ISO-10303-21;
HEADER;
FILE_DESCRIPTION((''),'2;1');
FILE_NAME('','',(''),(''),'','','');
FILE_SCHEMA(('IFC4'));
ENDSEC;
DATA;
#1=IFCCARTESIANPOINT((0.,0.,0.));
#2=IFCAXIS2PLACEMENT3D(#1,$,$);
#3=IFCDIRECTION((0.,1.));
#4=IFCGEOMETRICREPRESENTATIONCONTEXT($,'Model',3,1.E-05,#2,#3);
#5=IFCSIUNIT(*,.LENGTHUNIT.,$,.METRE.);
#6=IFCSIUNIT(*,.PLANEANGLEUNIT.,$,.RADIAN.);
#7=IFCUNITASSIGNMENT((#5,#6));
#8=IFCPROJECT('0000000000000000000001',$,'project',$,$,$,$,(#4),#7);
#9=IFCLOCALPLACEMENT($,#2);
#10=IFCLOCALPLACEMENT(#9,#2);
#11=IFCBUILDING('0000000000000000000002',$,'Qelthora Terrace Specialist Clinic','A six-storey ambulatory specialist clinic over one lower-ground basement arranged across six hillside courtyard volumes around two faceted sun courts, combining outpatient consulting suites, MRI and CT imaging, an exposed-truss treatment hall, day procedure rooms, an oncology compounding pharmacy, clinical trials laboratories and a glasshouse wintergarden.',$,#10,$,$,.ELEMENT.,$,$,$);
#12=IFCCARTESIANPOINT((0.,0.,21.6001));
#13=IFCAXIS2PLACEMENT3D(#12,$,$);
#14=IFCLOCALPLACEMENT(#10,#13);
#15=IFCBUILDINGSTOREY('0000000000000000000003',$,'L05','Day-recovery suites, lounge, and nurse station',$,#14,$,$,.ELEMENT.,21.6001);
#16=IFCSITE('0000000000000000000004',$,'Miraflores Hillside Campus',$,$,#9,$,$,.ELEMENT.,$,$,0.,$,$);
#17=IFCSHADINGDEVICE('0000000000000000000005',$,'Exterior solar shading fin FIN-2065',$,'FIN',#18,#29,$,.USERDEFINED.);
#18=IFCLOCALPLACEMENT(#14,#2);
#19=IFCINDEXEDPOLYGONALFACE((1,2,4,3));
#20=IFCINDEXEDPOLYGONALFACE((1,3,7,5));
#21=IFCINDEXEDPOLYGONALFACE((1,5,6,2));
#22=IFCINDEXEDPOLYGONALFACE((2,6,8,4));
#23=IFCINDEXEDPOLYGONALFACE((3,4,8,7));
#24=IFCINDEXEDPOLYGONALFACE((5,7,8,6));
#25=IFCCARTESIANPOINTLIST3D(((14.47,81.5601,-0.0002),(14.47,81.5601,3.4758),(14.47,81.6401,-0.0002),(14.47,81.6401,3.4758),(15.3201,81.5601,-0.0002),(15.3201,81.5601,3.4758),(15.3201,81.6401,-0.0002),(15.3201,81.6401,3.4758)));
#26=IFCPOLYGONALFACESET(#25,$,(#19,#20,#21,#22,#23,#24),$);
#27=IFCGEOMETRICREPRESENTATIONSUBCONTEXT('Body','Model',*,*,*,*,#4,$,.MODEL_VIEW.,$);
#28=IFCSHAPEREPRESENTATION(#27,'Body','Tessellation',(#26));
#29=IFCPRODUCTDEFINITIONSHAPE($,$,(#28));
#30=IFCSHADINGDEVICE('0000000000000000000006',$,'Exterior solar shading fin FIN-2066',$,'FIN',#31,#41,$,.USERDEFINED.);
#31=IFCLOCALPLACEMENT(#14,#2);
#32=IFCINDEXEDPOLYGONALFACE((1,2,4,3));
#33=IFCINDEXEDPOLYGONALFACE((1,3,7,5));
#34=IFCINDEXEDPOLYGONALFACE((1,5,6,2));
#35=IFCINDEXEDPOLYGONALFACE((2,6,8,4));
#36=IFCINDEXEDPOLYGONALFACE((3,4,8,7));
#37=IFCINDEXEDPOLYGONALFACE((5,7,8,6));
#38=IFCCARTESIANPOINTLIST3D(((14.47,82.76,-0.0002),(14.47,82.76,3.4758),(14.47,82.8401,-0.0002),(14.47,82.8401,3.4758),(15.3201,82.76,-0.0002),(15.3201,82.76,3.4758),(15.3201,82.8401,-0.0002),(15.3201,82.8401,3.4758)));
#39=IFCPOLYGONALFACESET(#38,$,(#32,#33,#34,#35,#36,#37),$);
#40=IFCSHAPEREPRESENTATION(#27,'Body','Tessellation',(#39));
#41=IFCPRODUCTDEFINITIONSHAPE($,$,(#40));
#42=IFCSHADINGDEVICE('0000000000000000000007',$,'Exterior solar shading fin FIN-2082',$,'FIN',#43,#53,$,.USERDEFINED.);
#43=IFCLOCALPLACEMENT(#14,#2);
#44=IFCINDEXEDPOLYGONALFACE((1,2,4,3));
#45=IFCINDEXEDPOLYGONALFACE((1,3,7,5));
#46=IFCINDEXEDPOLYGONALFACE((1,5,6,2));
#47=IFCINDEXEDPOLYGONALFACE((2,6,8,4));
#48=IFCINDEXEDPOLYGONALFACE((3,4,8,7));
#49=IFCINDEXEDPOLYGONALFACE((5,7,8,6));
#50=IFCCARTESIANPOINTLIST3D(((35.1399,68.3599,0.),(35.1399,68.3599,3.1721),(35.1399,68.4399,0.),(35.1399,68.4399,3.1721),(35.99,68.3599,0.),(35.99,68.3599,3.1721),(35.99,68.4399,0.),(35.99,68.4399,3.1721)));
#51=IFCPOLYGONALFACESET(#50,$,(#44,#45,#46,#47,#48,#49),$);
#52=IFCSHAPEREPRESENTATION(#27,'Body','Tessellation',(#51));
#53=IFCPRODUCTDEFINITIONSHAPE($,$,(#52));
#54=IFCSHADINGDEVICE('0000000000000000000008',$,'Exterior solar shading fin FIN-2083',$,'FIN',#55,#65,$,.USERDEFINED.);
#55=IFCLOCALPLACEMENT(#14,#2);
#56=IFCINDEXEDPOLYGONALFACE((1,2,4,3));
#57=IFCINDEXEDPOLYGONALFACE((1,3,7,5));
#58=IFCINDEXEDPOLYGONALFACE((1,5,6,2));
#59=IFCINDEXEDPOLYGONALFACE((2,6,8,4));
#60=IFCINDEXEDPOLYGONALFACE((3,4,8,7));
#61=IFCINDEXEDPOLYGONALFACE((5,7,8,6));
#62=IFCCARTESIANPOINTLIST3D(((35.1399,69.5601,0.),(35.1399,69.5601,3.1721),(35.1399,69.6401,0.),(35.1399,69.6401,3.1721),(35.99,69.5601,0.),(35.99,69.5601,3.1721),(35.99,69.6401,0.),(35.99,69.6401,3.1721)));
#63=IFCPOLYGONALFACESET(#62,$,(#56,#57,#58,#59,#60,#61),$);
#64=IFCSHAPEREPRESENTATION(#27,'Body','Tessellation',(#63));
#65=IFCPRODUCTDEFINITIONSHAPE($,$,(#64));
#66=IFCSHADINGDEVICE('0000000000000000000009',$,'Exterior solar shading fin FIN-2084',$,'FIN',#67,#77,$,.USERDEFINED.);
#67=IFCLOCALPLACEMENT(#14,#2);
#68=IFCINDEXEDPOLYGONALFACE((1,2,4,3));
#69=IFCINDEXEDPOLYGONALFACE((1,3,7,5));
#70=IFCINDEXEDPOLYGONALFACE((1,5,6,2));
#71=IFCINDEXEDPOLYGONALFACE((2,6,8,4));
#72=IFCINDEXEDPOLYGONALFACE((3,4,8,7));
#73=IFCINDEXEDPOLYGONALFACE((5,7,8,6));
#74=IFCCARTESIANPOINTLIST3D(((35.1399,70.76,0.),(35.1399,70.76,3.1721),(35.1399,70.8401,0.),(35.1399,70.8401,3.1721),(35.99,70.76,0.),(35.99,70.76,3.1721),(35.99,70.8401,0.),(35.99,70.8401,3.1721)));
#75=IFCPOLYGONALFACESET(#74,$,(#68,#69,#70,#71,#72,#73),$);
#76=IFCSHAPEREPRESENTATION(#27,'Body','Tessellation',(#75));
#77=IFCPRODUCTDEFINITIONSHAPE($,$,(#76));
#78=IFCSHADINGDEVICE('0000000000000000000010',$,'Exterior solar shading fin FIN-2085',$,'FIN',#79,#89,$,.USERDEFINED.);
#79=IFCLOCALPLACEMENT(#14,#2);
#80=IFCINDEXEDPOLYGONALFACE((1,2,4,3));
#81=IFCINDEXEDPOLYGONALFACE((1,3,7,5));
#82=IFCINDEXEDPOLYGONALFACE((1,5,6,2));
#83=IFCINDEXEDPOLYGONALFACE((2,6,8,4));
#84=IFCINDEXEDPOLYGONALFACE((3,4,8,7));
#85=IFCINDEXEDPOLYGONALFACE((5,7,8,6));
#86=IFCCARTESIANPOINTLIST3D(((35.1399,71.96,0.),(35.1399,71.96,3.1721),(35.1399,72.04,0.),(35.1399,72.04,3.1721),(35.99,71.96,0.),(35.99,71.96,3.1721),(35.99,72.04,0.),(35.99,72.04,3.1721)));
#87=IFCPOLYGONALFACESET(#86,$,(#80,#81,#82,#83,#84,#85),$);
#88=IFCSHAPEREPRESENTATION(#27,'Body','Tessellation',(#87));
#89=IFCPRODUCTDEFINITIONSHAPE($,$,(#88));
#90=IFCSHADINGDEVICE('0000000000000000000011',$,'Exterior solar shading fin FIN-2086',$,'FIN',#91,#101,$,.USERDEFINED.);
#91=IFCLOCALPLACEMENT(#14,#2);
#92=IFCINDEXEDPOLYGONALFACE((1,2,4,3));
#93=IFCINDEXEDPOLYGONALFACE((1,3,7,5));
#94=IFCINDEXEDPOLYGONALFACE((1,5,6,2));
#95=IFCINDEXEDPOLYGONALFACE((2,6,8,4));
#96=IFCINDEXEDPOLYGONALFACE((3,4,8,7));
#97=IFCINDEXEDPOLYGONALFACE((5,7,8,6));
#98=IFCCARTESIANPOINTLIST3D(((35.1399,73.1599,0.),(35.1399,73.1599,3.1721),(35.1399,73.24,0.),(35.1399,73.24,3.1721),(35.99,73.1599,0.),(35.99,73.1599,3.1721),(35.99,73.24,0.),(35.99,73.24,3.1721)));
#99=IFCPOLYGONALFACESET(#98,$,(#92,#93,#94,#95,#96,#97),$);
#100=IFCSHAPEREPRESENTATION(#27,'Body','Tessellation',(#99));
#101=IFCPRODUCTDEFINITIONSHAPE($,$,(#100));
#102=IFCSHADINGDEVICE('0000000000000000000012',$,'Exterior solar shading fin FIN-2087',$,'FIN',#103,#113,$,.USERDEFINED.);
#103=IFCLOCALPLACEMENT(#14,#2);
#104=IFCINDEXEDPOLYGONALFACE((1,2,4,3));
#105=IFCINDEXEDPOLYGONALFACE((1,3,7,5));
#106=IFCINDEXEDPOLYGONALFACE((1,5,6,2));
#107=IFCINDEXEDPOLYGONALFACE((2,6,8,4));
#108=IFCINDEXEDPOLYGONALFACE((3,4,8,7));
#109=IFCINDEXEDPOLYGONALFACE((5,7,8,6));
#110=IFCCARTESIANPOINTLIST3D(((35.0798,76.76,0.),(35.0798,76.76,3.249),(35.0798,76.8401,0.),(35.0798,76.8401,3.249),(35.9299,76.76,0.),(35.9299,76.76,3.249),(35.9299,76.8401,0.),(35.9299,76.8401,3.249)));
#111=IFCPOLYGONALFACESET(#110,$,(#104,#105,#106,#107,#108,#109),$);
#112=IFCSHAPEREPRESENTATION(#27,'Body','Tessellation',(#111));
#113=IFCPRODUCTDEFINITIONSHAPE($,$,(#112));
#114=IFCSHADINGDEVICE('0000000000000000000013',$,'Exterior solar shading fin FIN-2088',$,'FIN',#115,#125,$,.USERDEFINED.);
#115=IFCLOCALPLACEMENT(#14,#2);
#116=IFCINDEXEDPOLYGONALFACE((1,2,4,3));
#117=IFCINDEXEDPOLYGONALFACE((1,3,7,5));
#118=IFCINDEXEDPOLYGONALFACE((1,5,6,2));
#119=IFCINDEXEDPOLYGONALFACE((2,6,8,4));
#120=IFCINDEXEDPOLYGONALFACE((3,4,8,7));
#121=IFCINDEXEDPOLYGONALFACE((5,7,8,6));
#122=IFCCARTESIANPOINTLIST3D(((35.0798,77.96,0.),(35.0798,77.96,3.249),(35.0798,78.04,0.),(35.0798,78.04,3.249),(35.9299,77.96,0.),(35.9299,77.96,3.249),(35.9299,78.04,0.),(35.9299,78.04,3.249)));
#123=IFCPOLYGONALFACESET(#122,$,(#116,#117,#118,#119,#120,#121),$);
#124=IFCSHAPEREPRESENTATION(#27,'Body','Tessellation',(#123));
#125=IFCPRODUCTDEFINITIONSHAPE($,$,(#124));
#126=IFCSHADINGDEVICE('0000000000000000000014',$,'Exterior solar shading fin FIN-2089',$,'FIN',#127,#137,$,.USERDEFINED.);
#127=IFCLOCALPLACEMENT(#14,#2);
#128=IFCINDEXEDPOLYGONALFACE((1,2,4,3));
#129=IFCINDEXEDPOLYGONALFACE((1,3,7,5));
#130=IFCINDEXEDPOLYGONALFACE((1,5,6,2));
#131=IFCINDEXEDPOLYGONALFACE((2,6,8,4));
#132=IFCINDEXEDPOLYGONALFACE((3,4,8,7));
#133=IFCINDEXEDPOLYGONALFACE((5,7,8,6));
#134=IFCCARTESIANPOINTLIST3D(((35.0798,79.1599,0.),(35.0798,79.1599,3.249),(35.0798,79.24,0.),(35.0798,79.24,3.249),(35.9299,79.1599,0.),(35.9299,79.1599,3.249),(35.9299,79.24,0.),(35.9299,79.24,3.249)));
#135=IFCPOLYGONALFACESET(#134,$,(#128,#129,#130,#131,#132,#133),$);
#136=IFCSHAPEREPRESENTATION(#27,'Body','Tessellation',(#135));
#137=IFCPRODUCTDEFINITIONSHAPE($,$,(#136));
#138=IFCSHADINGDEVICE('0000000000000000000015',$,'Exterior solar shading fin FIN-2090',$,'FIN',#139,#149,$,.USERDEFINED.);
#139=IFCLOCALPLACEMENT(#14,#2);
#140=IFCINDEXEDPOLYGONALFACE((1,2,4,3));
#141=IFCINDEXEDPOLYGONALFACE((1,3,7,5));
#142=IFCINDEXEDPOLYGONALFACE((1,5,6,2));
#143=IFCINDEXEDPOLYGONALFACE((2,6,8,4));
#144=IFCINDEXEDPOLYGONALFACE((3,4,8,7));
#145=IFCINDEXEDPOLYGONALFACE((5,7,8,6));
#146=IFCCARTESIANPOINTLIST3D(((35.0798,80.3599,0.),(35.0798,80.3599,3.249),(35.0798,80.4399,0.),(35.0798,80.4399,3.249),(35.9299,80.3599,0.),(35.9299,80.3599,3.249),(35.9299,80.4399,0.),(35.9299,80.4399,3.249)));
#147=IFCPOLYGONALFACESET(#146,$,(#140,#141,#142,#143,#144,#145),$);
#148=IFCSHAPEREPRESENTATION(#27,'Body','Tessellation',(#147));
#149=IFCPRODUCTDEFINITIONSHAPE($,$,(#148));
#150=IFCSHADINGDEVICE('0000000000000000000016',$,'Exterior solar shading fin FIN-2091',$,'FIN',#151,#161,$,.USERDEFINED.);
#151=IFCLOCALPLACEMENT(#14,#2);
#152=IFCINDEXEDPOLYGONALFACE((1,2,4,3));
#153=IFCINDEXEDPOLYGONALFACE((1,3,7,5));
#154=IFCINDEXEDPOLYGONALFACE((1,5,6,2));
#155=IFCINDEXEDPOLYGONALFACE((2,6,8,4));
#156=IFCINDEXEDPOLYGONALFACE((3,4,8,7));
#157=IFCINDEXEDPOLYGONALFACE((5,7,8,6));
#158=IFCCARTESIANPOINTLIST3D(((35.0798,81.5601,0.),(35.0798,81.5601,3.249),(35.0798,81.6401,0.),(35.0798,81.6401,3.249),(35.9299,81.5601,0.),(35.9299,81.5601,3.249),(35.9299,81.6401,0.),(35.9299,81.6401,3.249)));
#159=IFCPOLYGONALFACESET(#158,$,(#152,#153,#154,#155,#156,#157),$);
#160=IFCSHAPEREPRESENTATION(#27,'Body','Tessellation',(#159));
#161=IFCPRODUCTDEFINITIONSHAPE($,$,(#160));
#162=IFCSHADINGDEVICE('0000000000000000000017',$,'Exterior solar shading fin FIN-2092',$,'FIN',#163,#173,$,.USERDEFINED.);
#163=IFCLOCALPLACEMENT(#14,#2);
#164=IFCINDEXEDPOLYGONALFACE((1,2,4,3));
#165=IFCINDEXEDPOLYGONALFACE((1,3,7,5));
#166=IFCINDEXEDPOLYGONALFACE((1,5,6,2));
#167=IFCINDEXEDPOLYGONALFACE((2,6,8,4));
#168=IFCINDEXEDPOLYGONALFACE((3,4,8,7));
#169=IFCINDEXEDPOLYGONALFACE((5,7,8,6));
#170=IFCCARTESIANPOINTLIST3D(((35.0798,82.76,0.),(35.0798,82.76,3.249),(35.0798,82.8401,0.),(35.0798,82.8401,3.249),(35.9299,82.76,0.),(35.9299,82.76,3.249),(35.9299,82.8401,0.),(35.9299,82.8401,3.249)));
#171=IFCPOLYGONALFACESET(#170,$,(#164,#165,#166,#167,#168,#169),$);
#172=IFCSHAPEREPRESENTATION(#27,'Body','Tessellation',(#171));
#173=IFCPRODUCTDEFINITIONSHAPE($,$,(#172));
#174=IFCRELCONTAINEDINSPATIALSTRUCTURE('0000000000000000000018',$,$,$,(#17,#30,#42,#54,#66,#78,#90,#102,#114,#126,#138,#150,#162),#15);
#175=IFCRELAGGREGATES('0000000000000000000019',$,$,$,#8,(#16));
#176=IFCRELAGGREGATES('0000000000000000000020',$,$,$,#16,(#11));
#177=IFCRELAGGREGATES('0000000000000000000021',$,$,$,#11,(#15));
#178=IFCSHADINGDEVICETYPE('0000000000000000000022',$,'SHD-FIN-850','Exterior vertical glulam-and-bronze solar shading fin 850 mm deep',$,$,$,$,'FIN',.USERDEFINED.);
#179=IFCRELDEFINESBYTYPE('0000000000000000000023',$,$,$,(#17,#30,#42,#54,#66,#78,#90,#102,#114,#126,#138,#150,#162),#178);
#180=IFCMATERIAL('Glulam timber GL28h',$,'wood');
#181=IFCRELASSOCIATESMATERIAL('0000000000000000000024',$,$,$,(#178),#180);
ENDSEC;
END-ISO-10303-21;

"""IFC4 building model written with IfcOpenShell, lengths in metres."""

from ifc_helpers import new_model, si_unit, direction, frame, origin, origin_2d, place, context, subcontext, project, spatial, rectangle, extrude, material, type_object, element, save


model = new_model("IFC4")

# Units and contexts
model_context = context("Model", 3, precision=1e-05, world=origin(), true_north=direction((0.0, 1.0)))
body_context = subcontext(model_context, "Body", "Model", "MODEL_VIEW")
ifc_project = project(units=[si_unit("LENGTHUNIT", "METRE"), si_unit("PLANEANGLEUNIT", "RADIAN")], contexts=[model_context])

# Site, building, storey
site_placement = place(None, origin())
site = spatial("IfcSite", under=ifc_project, at=site_placement, Name="Miraflores Hillside Campus", CompositionType="ELEMENT", RefElevation=0.0)
building_placement = place(site_placement, origin())
building = spatial("IfcBuilding", under=site, at=building_placement, Name="Qelthora Terrace Specialist Clinic", Description="A six-storey ambulatory specialist clinic over one lower-ground basement arranged across six hillside courtyard volumes around two faceted sun courts, combining outpatient consulting suites, MRI and CT imaging, an exposed-truss treatment hall, day procedure rooms, an oncology compounding pharmacy, clinical trials laboratories and a glasshouse wintergarden.", CompositionType="ELEMENT")
storey_placement = place(building_placement, frame((0.0, 0.0, 21.6001)))
storey = spatial("IfcBuildingStorey", under=building, at=storey_placement, Name="L05", Description="Day-recovery suites, lounge, and nurse station", CompositionType="ELEMENT", Elevation=21.6001)

# Shading devices
ifc_material_1 = material(Name="Glulam timber GL28h", Category="wood")
shading_device_type = type_object("IfcShadingDeviceType", Name="SHD-FIN-850", Description="Exterior vertical glulam-and-bronze solar shading fin 850 mm deep", ElementType="FIN", PredefinedType="USERDEFINED", material=ifc_material_1)
for number, where, z_axis, x_axis, name in (
    (1, (14.895, 81.6001, -0.0002), (0.0, 0.0, 1.0), (1.0, 0.0, 0.0), "Exterior solar shading fin FIN-2065"),
    (2, (14.895, 82.8, -0.0002), (0.0, 0.0, 1.0), (1.0, 0.0, 0.0), "Exterior solar shading fin FIN-2066"),
):
    element("IfcShadingDevice", number, at=place(storey_placement, frame(where, z_axis=z_axis, x_axis=x_axis)), inside=storey, type_object=shading_device_type, Name=name, ObjectType="FIN", PredefinedType="USERDEFINED", context=body_context, shape_type="SweptSolid", body=[
        extrude(rectangle(XDim=0.8501, YDim=0.0801, at=origin_2d()), origin(), (0.0, 0.0, 1.0), 3.4761),
    ])
for number, where, z_axis, x_axis, name in (
    (3, (35.5649, 68.3999, 0.0), (0.0, 0.0, 1.0), (-1.0, 0.0, 0.0), "Exterior solar shading fin FIN-2082"),
    (4, (35.5649, 69.6001, 0.0), (0.0, 0.0, 1.0), (-1.0, 0.0, 0.0), "Exterior solar shading fin FIN-2083"),
    (5, (35.5649, 70.8, 0.0), (0.0, 0.0, 1.0), (-1.0, 0.0, 0.0), "Exterior solar shading fin FIN-2084"),
    (6, (35.5649, 72.0, 0.0), (0.0, 0.0, 1.0), (-1.0, 0.0, 0.0), "Exterior solar shading fin FIN-2085"),
    (7, (35.5649, 73.2, 0.0), (0.0, 0.0, 1.0), (-1.0, 0.0, 0.0), "Exterior solar shading fin FIN-2086"),
):
    element("IfcShadingDevice", number, at=place(storey_placement, frame(where, z_axis=z_axis, x_axis=x_axis)), inside=storey, type_object=shading_device_type, Name=name, ObjectType="FIN", PredefinedType="USERDEFINED", context=body_context, shape_type="SweptSolid", body=[
        extrude(rectangle(XDim=0.8501, YDim=0.0801, at=origin_2d()), origin(), (0.0, 0.0, 1.0), 3.1721),
    ])
for number, where, z_axis, x_axis, name in (
    (8, (35.5049, 76.8, 0.0), (0.0, 0.0, 1.0), (-1.0, 0.0, 0.0), "Exterior solar shading fin FIN-2087"),
    (9, (35.5049, 78.0, 0.0), (0.0, 0.0, 1.0), (-1.0, 0.0, 0.0), "Exterior solar shading fin FIN-2088"),
    (10, (35.5049, 79.2, 0.0), (0.0, 0.0, 1.0), (-1.0, 0.0, 0.0), "Exterior solar shading fin FIN-2089"),
    (11, (35.5049, 80.3999, 0.0), (0.0, 0.0, 1.0), (-1.0, 0.0, 0.0), "Exterior solar shading fin FIN-2090"),
    (12, (35.5049, 81.6001, 0.0), (0.0, 0.0, 1.0), (-1.0, 0.0, 0.0), "Exterior solar shading fin FIN-2091"),
    (13, (35.5049, 82.8, 0.0), (0.0, 0.0, 1.0), (-1.0, 0.0, 0.0), "Exterior solar shading fin FIN-2092"),
):
    element("IfcShadingDevice", number, at=place(storey_placement, frame(where, z_axis=z_axis, x_axis=x_axis)), inside=storey, type_object=shading_device_type, Name=name, ObjectType="FIN", PredefinedType="USERDEFINED", context=body_context, shape_type="SweptSolid", body=[
        extrude(rectangle(XDim=0.8501, YDim=0.0801, at=origin_2d()), origin(), (0.0, 0.0, 1.0), 3.249),
    ])

save(model, "model.ifc")
